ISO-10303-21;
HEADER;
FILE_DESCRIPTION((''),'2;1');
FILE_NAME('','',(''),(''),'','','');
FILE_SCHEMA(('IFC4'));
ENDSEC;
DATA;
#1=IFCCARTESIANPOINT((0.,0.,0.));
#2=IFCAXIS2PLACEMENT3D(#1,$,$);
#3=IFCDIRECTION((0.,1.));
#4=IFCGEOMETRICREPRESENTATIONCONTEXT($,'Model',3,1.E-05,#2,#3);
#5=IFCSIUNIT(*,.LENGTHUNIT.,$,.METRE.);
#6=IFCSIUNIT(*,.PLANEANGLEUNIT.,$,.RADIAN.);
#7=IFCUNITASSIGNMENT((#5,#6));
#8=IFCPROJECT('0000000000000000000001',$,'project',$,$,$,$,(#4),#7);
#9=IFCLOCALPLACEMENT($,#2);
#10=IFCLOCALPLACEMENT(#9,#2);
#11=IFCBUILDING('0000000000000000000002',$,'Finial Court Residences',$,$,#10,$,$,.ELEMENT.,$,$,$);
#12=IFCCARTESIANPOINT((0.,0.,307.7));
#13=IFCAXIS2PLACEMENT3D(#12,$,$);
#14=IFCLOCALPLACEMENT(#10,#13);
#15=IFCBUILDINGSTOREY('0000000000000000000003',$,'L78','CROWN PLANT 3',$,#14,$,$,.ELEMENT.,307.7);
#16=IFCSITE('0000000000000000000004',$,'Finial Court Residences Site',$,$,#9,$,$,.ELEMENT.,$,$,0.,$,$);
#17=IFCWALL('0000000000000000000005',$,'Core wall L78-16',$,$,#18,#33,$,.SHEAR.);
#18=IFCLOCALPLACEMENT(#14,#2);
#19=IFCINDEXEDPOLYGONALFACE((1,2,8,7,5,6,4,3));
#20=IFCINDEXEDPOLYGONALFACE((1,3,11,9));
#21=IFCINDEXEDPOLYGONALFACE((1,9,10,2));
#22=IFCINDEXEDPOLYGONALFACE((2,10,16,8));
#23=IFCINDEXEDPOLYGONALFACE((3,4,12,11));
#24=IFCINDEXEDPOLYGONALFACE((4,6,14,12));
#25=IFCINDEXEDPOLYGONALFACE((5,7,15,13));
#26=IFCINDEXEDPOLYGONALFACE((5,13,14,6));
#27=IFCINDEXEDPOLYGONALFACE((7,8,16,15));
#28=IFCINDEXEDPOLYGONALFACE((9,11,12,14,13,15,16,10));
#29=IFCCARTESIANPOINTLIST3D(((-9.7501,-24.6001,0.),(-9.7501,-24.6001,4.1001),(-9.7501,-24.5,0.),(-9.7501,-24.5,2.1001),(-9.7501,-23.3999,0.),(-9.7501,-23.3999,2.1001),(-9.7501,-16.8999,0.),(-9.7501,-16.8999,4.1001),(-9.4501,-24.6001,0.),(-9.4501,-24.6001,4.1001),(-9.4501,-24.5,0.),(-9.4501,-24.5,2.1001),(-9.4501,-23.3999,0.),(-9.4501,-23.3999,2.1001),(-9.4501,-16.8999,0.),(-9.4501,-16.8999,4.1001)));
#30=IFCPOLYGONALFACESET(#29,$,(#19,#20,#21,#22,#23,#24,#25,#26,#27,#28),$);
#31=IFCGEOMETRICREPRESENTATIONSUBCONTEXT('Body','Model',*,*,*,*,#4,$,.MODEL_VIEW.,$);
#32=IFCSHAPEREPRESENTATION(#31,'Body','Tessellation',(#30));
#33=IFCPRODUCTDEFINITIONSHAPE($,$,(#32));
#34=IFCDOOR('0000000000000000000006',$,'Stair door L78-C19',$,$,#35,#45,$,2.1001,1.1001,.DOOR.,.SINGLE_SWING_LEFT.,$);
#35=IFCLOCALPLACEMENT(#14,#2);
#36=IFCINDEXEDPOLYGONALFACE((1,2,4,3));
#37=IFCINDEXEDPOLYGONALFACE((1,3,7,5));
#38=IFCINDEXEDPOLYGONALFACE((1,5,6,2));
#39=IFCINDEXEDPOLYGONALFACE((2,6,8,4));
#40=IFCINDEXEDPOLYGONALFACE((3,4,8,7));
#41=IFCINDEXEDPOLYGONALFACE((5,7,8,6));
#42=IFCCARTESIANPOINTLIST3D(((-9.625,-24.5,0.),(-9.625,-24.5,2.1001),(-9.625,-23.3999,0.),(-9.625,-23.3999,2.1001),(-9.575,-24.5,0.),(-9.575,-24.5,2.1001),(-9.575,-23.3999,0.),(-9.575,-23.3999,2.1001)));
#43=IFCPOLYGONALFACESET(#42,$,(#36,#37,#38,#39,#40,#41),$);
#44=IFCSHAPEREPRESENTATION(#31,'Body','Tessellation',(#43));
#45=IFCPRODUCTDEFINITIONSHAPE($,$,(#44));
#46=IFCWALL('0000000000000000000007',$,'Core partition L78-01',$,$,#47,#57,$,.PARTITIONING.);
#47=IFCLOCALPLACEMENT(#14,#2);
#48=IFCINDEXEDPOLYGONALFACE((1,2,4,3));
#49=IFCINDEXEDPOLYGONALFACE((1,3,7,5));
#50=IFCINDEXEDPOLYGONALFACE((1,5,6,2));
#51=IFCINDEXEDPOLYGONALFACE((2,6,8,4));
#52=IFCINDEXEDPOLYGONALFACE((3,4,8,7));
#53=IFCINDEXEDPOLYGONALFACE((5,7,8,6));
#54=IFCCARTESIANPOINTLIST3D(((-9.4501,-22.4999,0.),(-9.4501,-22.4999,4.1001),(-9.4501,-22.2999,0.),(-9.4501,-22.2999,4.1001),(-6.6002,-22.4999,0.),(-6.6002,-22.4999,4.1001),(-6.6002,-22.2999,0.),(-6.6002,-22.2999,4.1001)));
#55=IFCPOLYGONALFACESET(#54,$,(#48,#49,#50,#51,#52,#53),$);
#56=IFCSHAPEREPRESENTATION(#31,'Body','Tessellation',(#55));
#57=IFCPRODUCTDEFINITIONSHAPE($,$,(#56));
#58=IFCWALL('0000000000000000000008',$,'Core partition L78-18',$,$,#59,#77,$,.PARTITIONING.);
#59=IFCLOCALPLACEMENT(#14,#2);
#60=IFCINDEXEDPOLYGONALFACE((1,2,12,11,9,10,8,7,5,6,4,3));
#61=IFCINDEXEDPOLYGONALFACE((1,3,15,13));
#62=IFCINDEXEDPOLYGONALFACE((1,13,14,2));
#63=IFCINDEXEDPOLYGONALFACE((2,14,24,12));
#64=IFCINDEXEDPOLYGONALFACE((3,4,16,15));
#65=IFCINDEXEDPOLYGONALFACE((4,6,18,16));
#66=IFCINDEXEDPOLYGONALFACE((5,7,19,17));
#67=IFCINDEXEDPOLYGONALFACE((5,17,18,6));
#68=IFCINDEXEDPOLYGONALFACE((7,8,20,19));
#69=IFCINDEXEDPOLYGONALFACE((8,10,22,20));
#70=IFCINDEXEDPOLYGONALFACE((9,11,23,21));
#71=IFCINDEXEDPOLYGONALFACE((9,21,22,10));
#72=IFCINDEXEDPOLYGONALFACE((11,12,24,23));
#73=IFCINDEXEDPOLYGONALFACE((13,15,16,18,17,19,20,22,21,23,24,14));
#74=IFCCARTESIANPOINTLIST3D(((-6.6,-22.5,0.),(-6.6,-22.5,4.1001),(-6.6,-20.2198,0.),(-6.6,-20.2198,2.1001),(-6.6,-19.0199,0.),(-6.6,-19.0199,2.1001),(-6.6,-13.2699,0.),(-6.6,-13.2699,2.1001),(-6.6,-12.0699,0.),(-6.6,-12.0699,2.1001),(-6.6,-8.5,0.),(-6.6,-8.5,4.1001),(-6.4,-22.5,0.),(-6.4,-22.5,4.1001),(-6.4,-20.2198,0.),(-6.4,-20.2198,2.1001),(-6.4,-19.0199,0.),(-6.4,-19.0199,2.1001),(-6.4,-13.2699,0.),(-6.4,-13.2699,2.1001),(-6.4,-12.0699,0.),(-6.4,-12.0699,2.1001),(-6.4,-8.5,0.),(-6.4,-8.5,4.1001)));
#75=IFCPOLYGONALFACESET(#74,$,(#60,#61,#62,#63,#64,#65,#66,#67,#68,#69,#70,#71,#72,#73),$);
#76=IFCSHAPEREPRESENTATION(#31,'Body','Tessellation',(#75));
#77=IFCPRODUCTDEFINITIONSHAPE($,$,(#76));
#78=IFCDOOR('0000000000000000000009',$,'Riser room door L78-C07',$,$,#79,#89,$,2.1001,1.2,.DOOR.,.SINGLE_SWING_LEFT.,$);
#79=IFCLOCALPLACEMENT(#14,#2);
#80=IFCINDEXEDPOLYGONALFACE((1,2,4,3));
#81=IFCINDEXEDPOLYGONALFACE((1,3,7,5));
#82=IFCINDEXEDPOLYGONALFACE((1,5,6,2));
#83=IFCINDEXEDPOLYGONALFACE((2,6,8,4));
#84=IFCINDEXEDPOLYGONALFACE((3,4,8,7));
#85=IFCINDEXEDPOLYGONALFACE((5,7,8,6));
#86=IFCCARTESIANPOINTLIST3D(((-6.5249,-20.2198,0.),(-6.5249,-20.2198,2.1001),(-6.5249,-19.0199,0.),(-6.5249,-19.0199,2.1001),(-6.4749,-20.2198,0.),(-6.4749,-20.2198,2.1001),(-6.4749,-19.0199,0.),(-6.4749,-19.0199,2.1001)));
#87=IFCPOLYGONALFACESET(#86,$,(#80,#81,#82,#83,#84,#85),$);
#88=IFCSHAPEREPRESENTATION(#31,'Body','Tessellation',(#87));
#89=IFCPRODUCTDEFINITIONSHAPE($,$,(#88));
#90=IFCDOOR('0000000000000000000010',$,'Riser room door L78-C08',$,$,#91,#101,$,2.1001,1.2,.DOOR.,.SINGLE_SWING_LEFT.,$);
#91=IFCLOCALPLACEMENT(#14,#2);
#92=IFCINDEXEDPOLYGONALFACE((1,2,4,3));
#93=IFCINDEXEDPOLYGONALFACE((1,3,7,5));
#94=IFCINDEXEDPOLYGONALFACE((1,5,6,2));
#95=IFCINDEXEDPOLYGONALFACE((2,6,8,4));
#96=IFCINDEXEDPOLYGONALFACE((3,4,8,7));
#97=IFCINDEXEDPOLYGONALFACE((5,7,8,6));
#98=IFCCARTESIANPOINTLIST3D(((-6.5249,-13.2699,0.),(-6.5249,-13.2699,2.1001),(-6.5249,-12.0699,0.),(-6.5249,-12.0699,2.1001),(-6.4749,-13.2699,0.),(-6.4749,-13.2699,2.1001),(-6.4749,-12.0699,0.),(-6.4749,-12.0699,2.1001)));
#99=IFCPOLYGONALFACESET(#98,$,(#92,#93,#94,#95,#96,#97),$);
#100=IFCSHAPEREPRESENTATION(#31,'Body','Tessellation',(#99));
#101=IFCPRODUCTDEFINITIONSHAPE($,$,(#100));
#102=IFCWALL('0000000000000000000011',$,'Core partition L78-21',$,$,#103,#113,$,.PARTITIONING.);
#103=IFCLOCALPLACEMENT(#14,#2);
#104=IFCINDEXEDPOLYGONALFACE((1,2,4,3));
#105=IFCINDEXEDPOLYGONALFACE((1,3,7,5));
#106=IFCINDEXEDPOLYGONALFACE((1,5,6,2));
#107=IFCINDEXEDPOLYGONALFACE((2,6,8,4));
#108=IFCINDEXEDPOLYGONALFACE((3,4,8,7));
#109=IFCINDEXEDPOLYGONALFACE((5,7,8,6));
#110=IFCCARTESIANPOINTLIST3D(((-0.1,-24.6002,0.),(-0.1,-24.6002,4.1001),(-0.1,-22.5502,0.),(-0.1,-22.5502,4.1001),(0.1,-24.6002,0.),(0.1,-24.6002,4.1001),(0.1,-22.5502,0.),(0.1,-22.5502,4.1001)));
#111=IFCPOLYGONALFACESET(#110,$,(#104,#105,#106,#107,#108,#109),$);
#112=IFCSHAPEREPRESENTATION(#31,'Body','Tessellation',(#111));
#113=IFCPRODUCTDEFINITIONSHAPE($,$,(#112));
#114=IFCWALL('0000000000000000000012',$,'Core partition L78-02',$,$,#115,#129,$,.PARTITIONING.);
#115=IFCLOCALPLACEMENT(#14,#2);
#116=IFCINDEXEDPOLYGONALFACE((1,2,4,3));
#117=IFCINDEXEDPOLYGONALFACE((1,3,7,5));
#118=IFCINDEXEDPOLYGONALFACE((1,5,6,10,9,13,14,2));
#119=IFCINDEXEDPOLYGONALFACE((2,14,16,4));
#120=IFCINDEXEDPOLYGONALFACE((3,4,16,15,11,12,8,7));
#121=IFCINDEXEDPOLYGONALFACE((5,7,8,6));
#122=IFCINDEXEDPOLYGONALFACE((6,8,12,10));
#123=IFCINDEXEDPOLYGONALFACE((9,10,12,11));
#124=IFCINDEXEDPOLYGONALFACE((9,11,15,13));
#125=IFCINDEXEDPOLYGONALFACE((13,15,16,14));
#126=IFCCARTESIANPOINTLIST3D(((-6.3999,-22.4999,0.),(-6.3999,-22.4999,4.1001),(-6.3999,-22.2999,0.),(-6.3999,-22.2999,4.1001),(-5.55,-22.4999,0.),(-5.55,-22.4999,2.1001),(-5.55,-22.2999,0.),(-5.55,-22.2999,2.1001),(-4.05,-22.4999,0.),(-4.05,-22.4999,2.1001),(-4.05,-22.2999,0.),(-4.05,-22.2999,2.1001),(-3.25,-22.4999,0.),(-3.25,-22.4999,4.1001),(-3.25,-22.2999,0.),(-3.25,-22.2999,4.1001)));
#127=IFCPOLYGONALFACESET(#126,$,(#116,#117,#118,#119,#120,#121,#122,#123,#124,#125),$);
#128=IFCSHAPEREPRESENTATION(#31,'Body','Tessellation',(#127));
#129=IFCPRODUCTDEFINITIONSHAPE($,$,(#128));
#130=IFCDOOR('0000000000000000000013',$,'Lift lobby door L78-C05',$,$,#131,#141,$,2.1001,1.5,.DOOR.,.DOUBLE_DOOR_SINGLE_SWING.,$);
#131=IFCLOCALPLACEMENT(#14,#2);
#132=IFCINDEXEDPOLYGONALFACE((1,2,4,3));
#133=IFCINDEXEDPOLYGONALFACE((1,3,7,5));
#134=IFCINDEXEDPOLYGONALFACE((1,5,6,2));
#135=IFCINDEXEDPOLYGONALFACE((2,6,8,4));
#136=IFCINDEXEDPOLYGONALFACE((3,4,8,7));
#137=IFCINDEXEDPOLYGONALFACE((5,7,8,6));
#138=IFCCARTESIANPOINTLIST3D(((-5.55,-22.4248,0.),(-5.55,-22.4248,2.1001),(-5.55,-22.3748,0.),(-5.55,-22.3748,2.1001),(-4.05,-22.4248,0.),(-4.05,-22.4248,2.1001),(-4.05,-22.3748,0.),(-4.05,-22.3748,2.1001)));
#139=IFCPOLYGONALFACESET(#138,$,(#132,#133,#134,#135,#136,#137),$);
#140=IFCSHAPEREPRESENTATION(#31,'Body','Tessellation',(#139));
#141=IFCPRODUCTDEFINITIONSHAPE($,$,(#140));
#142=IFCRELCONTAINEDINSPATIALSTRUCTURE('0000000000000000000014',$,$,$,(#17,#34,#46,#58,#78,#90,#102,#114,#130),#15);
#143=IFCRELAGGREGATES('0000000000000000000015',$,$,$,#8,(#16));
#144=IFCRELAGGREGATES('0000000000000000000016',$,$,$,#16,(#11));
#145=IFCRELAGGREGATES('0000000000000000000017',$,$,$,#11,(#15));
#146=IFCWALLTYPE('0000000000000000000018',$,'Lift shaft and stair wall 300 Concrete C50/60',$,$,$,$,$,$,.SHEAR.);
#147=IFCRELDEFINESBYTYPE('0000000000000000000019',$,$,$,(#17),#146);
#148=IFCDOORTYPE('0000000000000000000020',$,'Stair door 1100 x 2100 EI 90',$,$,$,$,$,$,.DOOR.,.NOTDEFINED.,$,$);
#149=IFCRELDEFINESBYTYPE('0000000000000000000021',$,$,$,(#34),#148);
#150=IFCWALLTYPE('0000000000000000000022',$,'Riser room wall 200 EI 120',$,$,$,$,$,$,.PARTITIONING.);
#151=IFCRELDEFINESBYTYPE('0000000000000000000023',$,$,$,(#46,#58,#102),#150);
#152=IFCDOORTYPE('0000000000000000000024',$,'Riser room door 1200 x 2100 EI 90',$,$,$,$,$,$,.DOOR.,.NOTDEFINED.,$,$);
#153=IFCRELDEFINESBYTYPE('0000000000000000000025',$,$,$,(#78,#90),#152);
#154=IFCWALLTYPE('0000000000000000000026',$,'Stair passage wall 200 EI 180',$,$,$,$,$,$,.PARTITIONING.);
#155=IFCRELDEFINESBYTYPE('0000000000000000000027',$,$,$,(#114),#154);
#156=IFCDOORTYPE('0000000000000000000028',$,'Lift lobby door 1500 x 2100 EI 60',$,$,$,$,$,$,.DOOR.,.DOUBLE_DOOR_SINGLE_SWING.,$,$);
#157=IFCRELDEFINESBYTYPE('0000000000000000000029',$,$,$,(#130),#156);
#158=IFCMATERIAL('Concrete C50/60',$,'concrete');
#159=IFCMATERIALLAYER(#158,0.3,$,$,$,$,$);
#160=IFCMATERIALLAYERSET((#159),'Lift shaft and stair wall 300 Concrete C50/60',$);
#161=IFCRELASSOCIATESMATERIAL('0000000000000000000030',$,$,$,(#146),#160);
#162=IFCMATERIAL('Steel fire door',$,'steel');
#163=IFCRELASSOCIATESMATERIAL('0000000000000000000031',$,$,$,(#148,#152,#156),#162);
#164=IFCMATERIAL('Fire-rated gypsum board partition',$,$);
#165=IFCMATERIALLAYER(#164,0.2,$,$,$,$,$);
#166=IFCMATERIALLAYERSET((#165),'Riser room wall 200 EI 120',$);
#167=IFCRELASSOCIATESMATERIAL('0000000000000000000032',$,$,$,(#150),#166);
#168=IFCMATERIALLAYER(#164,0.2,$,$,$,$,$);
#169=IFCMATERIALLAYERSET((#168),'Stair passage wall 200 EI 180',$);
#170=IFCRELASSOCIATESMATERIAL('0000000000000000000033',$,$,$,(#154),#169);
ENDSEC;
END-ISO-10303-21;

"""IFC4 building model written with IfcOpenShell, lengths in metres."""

from ifc_helpers import new_model, si_unit, direction, frame, frame_2d, origin, place, context, subcontext, project, spatial, rectangle, extrude, material, layer, layer_set, type_object, element, fill, save


model = new_model("IFC4")

# Units and contexts
model_context = context("Model", 3, precision=1e-05, world=origin(), true_north=direction((0.0, 1.0)))
body_context = subcontext(model_context, "Body", "Model", "MODEL_VIEW")
ifc_project = project(units=[si_unit("LENGTHUNIT", "METRE"), si_unit("PLANEANGLEUNIT", "RADIAN")], contexts=[model_context])

# Site, building, storey
site_placement = place(None, origin())
site = spatial("IfcSite", under=ifc_project, at=site_placement, Name="Finial Court Residences Site", CompositionType="ELEMENT", RefElevation=0.0)
building_placement = place(site_placement, origin())
building = spatial("IfcBuilding", under=site, at=building_placement, Name="Finial Court Residences", CompositionType="ELEMENT")
storey_placement = place(building_placement, frame((0.0, 0.0, 307.7)))
storey = spatial("IfcBuildingStorey", under=building, at=storey_placement, Name="L78", Description="CROWN PLANT 3", CompositionType="ELEMENT", Elevation=307.7)

# Shared definitions
ifc_material_1 = material(Name="Concrete C50/60", Category="concrete")
ifc_layer_1 = layer(ifc_material_1, 0.3)
ifc_layer_set_1 = layer_set([ifc_layer_1], Name="Lift shaft and stair wall 300 Concrete C50/60")
wall_type_1 = type_object("IfcWallType", Name="Lift shaft and stair wall 300 Concrete C50/60", PredefinedType="SHEAR", material=ifc_layer_set_1)

# Wall, opening, door
wall_1_placement = place(storey_placement, frame((-9.6001, -24.6001, 0.0), z_axis=(0.0, 0.0, 1.0), x_axis=(0.0, 1.0, 0.0)))
wall_1 = element("IfcWall", 1, at=wall_1_placement, inside=storey, type_object=wall_type_1, Name="Core wall L78-16", PredefinedType="SHEAR", context=body_context, shape_type="SweptSolid", body=[
    extrude(rectangle(XDim=7.7002, YDim=0.3, at=frame_2d((3.8501, 0.0))), origin(), (0.0, 0.0, 1.0), 4.1001),
])
opening_1_placement = place(wall_1_placement, frame((0.1001, 0.0, 0.0)))
opening_1 = element("IfcOpeningElement", 2, at=opening_1_placement, cuts=wall_1, PredefinedType="OPENING", context=body_context, shape_type="SweptSolid", body=[
    extrude(rectangle(XDim=1.1001, YDim=2.1001, at=frame_2d((0.55, 1.05))), frame((0.0, 0.1599, 0.0), z_axis=(0.0, -1.0, 0.0), x_axis=(1.0, 0.0, 0.0)), (0.0, 0.0, 1.0), 0.3201),
])
ifc_material_2 = material(Name="Steel fire door", Category="steel")
door_type_1 = type_object("IfcDoorType", Name="Stair door 1100 x 2100 EI 90", OperationType="NOTDEFINED", PredefinedType="DOOR", material=ifc_material_2)
door_1_placement = place(opening_1_placement, origin())
door_1 = element("IfcDoor", 3, at=door_1_placement, inside=storey, type_object=door_type_1, Name="Stair door L78-C19", OperationType="SINGLE_SWING_LEFT", OverallHeight=2.1001, OverallWidth=1.1001, PredefinedType="DOOR", context=body_context, shape_type="SweptSolid", body=[
    extrude(rectangle(XDim=1.1001, YDim=2.1001, at=frame_2d((0.55, 1.05))), frame((0.0, 0.0249, 0.0), z_axis=(0.0, -1.0, 0.0), x_axis=(1.0, 0.0, 0.0)), (0.0, 0.0, 1.0), 0.05),
])
fill(opening_1, door_1)

# Wall
ifc_material_3 = material(Name="Fire-rated gypsum board partition")
ifc_layer_2 = layer(ifc_material_3, 0.2)
ifc_layer_set_2 = layer_set([ifc_layer_2], Name="Riser room wall 200 EI 120")
wall_type_2 = type_object("IfcWallType", Name="Riser room wall 200 EI 120", PredefinedType="PARTITIONING", material=ifc_layer_set_2)
wall_2_placement = place(storey_placement, frame((-9.45, -22.3999, 0.0), z_axis=(0.0, 0.0, 1.0), x_axis=(1.0, 0.0, 0.0)))
element("IfcWall", 4, at=wall_2_placement, inside=storey, type_object=wall_type_2, Name="Core partition L78-01", PredefinedType="PARTITIONING", context=body_context, shape_type="SweptSolid", body=[
    extrude(rectangle(XDim=2.8499, YDim=0.2, at=frame_2d((1.4248, 0.0))), origin(), (0.0, 0.0, 1.0), 4.1001),
])

# Wall, openings, doors
wall_3_placement = place(storey_placement, frame((-6.5, -22.5, 0.0), z_axis=(0.0, 0.0, 1.0), x_axis=(0.0, 1.0, 0.0)))
wall_3 = element("IfcWall", 5, at=wall_3_placement, inside=storey, type_object=wall_type_2, Name="Core partition L78-18", PredefinedType="PARTITIONING", context=body_context, shape_type="SweptSolid", body=[
    extrude(rectangle(XDim=14.0, YDim=0.2, at=frame_2d((7.0, 0.0))), origin(), (0.0, 0.0, 1.0), 4.1001),
])
opening_2_placement = place(wall_3_placement, frame((2.28, 0.0, 0.0)))
opening_2 = element("IfcOpeningElement", 6, at=opening_2_placement, cuts=wall_3, PredefinedType="OPENING", context=body_context, shape_type="SweptSolid", body=[
    extrude(rectangle(XDim=1.2, YDim=2.1001, at=frame_2d((0.6001, 1.05))), frame((0.0, 0.1099, 0.0), z_axis=(0.0, -1.0, 0.0), x_axis=(1.0, 0.0, 0.0)), (0.0, 0.0, 1.0), 0.22),
])
opening_3_placement = place(wall_3_placement, frame((9.23, 0.0, 0.0)))
opening_3 = element("IfcOpeningElement", 7, at=opening_3_placement, cuts=wall_3, PredefinedType="OPENING", context=body_context, shape_type="SweptSolid", body=[
    extrude(rectangle(XDim=1.2, YDim=2.1001, at=frame_2d((0.6001, 1.05))), frame((0.0, 0.1099, 0.0), z_axis=(0.0, -1.0, 0.0), x_axis=(1.0, 0.0, 0.0)), (0.0, 0.0, 1.0), 0.22),
])
door_type_2 = type_object("IfcDoorType", Name="Riser room door 1200 x 2100 EI 90", OperationType="NOTDEFINED", PredefinedType="DOOR", material=ifc_material_2)
door_2_placement = place(opening_2_placement, origin())
door_2 = element("IfcDoor", 8, at=door_2_placement, inside=storey, type_object=door_type_2, Name="Riser room door L78-C07", OperationType="SINGLE_SWING_LEFT", OverallHeight=2.1001, OverallWidth=1.2, PredefinedType="DOOR", context=body_context, shape_type="SweptSolid", body=[
    extrude(rectangle(XDim=1.2, YDim=2.1001, at=frame_2d((0.6001, 1.05))), frame((0.0, 0.0249, 0.0), z_axis=(0.0, -1.0, 0.0), x_axis=(1.0, 0.0, 0.0)), (0.0, 0.0, 1.0), 0.05),
])
fill(opening_2, door_2)
door_3_placement = place(opening_3_placement, origin())
door_3 = element("IfcDoor", 9, at=door_3_placement, inside=storey, type_object=door_type_2, Name="Riser room door L78-C08", OperationType="SINGLE_SWING_LEFT", OverallHeight=2.1001, OverallWidth=1.2, PredefinedType="DOOR", context=body_context, shape_type="SweptSolid", body=[
    extrude(rectangle(XDim=1.2, YDim=2.1001, at=frame_2d((0.6001, 1.05))), frame((0.0, 0.0249, 0.0), z_axis=(0.0, -1.0, 0.0), x_axis=(1.0, 0.0, 0.0)), (0.0, 0.0, 1.0), 0.05),
])
fill(opening_3, door_3)

# Wall
wall_4_placement = place(storey_placement, frame((0.0, -24.6001, 0.0), z_axis=(0.0, 0.0, 1.0), x_axis=(0.0, 1.0, 0.0)))
element("IfcWall", 10, at=wall_4_placement, inside=storey, type_object=wall_type_2, Name="Core partition L78-21", PredefinedType="PARTITIONING", context=body_context, shape_type="SweptSolid", body=[
    extrude(rectangle(XDim=2.05, YDim=0.2, at=frame_2d((1.0249, 0.0))), origin(), (0.0, 0.0, 1.0), 4.1001),
])

# Wall, opening, door
ifc_layer_3 = layer(ifc_material_3, 0.2)
ifc_layer_set_3 = layer_set([ifc_layer_3], Name="Stair passage wall 200 EI 180")
wall_type_3 = type_object("IfcWallType", Name="Stair passage wall 200 EI 180", PredefinedType="PARTITIONING", material=ifc_layer_set_3)
wall_5_placement = place(storey_placement, frame((-3.25, -22.3999, 0.0), z_axis=(0.0, 0.0, 1.0), x_axis=(-1.0, 0.0, 0.0)))
wall_5 = element("IfcWall", 11, at=wall_5_placement, inside=storey, type_object=wall_type_3, Name="Core partition L78-02", PredefinedType="PARTITIONING", context=body_context, shape_type="SweptSolid", body=[
    extrude(rectangle(XDim=3.1499, YDim=0.2, at=frame_2d((1.575, 0.0))), origin(), (0.0, 0.0, 1.0), 4.1001),
])
opening_4_placement = place(wall_5_placement, frame((0.8, 0.0, 0.0)))
opening_4 = element("IfcOpeningElement", 12, at=opening_4_placement, cuts=wall_5, PredefinedType="OPENING", context=body_context, shape_type="SweptSolid", body=[
    extrude(rectangle(XDim=1.5, YDim=2.1001, at=frame_2d((0.75, 1.05))), frame((0.0, 0.1099, 0.0), z_axis=(0.0, -1.0, 0.0), x_axis=(1.0, 0.0, 0.0)), (0.0, 0.0, 1.0), 0.22),
])
door_type_3 = type_object("IfcDoorType", Name="Lift lobby door 1500 x 2100 EI 60", OperationType="DOUBLE_DOOR_SINGLE_SWING", PredefinedType="DOOR", material=ifc_material_2)
door_4_placement = place(opening_4_placement, origin())
door_4 = element("IfcDoor", 13, at=door_4_placement, inside=storey, type_object=door_type_3, Name="Lift lobby door L78-C05", OperationType="DOUBLE_DOOR_SINGLE_SWING", OverallHeight=2.1001, OverallWidth=1.5, PredefinedType="DOOR", context=body_context, shape_type="SweptSolid", body=[
    extrude(rectangle(XDim=1.5, YDim=2.1001, at=frame_2d((0.75, 1.05))), frame((0.0, 0.0249, 0.0), z_axis=(0.0, -1.0, 0.0), x_axis=(1.0, 0.0, 0.0)), (0.0, 0.0, 1.0), 0.05),
])
fill(opening_4, door_4)

save(model, "model.ifc")
